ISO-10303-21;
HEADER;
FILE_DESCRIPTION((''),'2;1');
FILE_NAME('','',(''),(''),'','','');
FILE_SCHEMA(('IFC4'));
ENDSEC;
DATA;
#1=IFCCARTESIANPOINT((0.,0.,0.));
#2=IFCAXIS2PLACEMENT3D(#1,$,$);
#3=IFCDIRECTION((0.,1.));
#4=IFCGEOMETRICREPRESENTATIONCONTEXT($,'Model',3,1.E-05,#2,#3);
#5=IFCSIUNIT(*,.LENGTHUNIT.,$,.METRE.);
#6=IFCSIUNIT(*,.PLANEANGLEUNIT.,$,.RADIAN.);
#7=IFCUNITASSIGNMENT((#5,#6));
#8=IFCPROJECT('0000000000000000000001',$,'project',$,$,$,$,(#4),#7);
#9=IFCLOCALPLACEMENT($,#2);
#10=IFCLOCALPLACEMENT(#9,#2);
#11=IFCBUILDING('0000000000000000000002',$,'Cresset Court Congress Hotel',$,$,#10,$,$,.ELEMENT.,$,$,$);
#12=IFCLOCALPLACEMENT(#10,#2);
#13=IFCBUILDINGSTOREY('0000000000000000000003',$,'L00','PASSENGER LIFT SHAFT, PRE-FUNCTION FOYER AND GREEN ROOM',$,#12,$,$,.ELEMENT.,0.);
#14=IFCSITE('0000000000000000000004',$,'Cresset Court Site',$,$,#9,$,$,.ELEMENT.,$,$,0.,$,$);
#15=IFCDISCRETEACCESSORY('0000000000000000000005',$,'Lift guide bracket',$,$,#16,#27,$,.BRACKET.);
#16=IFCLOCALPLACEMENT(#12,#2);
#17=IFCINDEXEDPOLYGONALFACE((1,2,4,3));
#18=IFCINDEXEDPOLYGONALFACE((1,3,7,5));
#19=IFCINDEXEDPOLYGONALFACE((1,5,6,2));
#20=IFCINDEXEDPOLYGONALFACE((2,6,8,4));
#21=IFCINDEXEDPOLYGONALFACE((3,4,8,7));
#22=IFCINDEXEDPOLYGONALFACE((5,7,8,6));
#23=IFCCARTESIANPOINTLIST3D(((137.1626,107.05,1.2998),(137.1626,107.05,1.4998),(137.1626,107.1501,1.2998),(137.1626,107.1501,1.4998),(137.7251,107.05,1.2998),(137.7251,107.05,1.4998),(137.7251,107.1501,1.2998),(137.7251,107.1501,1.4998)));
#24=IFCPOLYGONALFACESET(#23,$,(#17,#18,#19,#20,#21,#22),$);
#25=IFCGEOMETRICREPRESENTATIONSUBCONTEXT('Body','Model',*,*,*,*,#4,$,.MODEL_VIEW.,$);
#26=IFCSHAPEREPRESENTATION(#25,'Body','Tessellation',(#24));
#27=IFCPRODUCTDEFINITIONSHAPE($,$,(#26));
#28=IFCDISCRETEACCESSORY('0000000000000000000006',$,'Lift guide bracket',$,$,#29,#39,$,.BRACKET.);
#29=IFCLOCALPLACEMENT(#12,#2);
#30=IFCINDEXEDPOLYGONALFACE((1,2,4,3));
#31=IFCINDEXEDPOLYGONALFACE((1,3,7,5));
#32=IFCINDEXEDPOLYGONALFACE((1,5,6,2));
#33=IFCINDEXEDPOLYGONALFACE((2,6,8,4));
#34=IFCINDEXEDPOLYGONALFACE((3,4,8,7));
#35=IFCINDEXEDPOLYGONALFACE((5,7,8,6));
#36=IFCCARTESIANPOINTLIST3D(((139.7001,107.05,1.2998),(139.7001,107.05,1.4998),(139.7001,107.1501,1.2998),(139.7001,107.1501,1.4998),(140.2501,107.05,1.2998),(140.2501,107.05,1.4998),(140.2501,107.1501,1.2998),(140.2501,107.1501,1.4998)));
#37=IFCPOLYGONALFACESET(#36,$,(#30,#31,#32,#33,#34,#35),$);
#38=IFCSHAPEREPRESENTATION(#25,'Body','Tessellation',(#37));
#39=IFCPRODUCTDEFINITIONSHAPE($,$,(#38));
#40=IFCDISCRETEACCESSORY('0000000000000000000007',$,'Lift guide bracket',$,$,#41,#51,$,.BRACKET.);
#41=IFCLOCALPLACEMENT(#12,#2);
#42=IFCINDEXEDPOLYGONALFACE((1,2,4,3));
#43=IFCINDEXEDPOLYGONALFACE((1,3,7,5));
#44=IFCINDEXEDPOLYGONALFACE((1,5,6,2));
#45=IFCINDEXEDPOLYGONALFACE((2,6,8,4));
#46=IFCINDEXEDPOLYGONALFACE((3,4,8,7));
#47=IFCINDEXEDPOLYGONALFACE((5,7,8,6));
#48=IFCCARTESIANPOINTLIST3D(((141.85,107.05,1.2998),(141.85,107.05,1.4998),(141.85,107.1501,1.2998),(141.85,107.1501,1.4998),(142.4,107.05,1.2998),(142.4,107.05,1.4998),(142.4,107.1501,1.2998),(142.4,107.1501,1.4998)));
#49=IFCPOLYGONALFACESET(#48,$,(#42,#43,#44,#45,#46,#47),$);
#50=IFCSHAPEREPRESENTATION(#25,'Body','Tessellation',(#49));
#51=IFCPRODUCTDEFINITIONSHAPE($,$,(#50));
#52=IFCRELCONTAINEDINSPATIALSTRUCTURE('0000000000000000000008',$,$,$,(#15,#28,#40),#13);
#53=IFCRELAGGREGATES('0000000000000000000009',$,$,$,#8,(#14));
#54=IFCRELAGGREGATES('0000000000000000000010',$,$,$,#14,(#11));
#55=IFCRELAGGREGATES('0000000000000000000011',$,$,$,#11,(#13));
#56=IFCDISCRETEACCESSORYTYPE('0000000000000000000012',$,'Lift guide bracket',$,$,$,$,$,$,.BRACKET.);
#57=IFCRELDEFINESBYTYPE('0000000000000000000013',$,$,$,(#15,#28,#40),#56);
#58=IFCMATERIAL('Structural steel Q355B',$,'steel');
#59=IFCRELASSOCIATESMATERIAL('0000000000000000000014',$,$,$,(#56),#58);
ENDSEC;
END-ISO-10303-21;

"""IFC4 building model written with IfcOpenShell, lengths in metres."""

from ifc_helpers import new_model, si_unit, direction, frame, origin, origin_2d, place, context, subcontext, project, spatial, rectangle, extrude, material, type_object, element, save


model = new_model("IFC4")

# Units and contexts
model_context = context("Model", 3, precision=1e-05, world=origin(), true_north=direction((0.0, 1.0)))
body_context = subcontext(model_context, "Body", "Model", "MODEL_VIEW")
ifc_project = project(units=[si_unit("LENGTHUNIT", "METRE"), si_unit("PLANEANGLEUNIT", "RADIAN")], contexts=[model_context])

# Site, building, storey
site_placement = place(None, origin())
site = spatial("IfcSite", under=ifc_project, at=site_placement, Name="Cresset Court Site", CompositionType="ELEMENT", RefElevation=0.0)
building_placement = place(site_placement, origin())
building = spatial("IfcBuilding", under=site, at=building_placement, Name="Cresset Court Congress Hotel", CompositionType="ELEMENT")
storey_placement = place(building_placement, origin())
storey = spatial("IfcBuildingStorey", under=building, at=storey_placement, Name="L00", Description="PASSENGER LIFT SHAFT, PRE-FUNCTION FOYER AND GREEN ROOM", CompositionType="ELEMENT", Elevation=0.0)

# Discrete accessories
ifc_material_1 = material(Name="Structural steel Q355B", Category="steel")
discrete_accessory_type = type_object("IfcDiscreteAccessoryType", Name="Lift guide bracket", PredefinedType="BRACKET", material=ifc_material_1)
for number, where, z_axis, x_axis, name in (
    (1, (137.4438, 107.1001, 1.2998), (0.0, 0.0, 1.0), (1.0, 0.0, 0.0), "Lift guide bracket"),
):
    element("IfcDiscreteAccessory", number, at=place(storey_placement, frame(where, z_axis=z_axis, x_axis=x_axis)), inside=storey, type_object=discrete_accessory_type, Name=name, PredefinedType="BRACKET", context=body_context, shape_type="SweptSolid", body=[
        extrude(rectangle(XDim=0.5625, YDim=0.1001, at=origin_2d()), origin(), (0.0, 0.0, 1.0), 0.2),
    ])
for number, where, z_axis, x_axis, name in (
    (2, (139.9751, 107.1001, 1.2998), (0.0, 0.0, 1.0), (1.0, 0.0, 0.0), "Lift guide bracket"),
    (3, (142.125, 107.1001, 1.2998), (0.0, 0.0, 1.0), (1.0, 0.0, 0.0), "Lift guide bracket"),
):
    element("IfcDiscreteAccessory", number, at=place(storey_placement, frame(where, z_axis=z_axis, x_axis=x_axis)), inside=storey, type_object=discrete_accessory_type, Name=name, PredefinedType="BRACKET", context=body_context, shape_type="SweptSolid", body=[
        extrude(rectangle(XDim=0.55, YDim=0.1001, at=origin_2d()), origin(), (0.0, 0.0, 1.0), 0.2),
    ])

save(model, "model.ifc")
